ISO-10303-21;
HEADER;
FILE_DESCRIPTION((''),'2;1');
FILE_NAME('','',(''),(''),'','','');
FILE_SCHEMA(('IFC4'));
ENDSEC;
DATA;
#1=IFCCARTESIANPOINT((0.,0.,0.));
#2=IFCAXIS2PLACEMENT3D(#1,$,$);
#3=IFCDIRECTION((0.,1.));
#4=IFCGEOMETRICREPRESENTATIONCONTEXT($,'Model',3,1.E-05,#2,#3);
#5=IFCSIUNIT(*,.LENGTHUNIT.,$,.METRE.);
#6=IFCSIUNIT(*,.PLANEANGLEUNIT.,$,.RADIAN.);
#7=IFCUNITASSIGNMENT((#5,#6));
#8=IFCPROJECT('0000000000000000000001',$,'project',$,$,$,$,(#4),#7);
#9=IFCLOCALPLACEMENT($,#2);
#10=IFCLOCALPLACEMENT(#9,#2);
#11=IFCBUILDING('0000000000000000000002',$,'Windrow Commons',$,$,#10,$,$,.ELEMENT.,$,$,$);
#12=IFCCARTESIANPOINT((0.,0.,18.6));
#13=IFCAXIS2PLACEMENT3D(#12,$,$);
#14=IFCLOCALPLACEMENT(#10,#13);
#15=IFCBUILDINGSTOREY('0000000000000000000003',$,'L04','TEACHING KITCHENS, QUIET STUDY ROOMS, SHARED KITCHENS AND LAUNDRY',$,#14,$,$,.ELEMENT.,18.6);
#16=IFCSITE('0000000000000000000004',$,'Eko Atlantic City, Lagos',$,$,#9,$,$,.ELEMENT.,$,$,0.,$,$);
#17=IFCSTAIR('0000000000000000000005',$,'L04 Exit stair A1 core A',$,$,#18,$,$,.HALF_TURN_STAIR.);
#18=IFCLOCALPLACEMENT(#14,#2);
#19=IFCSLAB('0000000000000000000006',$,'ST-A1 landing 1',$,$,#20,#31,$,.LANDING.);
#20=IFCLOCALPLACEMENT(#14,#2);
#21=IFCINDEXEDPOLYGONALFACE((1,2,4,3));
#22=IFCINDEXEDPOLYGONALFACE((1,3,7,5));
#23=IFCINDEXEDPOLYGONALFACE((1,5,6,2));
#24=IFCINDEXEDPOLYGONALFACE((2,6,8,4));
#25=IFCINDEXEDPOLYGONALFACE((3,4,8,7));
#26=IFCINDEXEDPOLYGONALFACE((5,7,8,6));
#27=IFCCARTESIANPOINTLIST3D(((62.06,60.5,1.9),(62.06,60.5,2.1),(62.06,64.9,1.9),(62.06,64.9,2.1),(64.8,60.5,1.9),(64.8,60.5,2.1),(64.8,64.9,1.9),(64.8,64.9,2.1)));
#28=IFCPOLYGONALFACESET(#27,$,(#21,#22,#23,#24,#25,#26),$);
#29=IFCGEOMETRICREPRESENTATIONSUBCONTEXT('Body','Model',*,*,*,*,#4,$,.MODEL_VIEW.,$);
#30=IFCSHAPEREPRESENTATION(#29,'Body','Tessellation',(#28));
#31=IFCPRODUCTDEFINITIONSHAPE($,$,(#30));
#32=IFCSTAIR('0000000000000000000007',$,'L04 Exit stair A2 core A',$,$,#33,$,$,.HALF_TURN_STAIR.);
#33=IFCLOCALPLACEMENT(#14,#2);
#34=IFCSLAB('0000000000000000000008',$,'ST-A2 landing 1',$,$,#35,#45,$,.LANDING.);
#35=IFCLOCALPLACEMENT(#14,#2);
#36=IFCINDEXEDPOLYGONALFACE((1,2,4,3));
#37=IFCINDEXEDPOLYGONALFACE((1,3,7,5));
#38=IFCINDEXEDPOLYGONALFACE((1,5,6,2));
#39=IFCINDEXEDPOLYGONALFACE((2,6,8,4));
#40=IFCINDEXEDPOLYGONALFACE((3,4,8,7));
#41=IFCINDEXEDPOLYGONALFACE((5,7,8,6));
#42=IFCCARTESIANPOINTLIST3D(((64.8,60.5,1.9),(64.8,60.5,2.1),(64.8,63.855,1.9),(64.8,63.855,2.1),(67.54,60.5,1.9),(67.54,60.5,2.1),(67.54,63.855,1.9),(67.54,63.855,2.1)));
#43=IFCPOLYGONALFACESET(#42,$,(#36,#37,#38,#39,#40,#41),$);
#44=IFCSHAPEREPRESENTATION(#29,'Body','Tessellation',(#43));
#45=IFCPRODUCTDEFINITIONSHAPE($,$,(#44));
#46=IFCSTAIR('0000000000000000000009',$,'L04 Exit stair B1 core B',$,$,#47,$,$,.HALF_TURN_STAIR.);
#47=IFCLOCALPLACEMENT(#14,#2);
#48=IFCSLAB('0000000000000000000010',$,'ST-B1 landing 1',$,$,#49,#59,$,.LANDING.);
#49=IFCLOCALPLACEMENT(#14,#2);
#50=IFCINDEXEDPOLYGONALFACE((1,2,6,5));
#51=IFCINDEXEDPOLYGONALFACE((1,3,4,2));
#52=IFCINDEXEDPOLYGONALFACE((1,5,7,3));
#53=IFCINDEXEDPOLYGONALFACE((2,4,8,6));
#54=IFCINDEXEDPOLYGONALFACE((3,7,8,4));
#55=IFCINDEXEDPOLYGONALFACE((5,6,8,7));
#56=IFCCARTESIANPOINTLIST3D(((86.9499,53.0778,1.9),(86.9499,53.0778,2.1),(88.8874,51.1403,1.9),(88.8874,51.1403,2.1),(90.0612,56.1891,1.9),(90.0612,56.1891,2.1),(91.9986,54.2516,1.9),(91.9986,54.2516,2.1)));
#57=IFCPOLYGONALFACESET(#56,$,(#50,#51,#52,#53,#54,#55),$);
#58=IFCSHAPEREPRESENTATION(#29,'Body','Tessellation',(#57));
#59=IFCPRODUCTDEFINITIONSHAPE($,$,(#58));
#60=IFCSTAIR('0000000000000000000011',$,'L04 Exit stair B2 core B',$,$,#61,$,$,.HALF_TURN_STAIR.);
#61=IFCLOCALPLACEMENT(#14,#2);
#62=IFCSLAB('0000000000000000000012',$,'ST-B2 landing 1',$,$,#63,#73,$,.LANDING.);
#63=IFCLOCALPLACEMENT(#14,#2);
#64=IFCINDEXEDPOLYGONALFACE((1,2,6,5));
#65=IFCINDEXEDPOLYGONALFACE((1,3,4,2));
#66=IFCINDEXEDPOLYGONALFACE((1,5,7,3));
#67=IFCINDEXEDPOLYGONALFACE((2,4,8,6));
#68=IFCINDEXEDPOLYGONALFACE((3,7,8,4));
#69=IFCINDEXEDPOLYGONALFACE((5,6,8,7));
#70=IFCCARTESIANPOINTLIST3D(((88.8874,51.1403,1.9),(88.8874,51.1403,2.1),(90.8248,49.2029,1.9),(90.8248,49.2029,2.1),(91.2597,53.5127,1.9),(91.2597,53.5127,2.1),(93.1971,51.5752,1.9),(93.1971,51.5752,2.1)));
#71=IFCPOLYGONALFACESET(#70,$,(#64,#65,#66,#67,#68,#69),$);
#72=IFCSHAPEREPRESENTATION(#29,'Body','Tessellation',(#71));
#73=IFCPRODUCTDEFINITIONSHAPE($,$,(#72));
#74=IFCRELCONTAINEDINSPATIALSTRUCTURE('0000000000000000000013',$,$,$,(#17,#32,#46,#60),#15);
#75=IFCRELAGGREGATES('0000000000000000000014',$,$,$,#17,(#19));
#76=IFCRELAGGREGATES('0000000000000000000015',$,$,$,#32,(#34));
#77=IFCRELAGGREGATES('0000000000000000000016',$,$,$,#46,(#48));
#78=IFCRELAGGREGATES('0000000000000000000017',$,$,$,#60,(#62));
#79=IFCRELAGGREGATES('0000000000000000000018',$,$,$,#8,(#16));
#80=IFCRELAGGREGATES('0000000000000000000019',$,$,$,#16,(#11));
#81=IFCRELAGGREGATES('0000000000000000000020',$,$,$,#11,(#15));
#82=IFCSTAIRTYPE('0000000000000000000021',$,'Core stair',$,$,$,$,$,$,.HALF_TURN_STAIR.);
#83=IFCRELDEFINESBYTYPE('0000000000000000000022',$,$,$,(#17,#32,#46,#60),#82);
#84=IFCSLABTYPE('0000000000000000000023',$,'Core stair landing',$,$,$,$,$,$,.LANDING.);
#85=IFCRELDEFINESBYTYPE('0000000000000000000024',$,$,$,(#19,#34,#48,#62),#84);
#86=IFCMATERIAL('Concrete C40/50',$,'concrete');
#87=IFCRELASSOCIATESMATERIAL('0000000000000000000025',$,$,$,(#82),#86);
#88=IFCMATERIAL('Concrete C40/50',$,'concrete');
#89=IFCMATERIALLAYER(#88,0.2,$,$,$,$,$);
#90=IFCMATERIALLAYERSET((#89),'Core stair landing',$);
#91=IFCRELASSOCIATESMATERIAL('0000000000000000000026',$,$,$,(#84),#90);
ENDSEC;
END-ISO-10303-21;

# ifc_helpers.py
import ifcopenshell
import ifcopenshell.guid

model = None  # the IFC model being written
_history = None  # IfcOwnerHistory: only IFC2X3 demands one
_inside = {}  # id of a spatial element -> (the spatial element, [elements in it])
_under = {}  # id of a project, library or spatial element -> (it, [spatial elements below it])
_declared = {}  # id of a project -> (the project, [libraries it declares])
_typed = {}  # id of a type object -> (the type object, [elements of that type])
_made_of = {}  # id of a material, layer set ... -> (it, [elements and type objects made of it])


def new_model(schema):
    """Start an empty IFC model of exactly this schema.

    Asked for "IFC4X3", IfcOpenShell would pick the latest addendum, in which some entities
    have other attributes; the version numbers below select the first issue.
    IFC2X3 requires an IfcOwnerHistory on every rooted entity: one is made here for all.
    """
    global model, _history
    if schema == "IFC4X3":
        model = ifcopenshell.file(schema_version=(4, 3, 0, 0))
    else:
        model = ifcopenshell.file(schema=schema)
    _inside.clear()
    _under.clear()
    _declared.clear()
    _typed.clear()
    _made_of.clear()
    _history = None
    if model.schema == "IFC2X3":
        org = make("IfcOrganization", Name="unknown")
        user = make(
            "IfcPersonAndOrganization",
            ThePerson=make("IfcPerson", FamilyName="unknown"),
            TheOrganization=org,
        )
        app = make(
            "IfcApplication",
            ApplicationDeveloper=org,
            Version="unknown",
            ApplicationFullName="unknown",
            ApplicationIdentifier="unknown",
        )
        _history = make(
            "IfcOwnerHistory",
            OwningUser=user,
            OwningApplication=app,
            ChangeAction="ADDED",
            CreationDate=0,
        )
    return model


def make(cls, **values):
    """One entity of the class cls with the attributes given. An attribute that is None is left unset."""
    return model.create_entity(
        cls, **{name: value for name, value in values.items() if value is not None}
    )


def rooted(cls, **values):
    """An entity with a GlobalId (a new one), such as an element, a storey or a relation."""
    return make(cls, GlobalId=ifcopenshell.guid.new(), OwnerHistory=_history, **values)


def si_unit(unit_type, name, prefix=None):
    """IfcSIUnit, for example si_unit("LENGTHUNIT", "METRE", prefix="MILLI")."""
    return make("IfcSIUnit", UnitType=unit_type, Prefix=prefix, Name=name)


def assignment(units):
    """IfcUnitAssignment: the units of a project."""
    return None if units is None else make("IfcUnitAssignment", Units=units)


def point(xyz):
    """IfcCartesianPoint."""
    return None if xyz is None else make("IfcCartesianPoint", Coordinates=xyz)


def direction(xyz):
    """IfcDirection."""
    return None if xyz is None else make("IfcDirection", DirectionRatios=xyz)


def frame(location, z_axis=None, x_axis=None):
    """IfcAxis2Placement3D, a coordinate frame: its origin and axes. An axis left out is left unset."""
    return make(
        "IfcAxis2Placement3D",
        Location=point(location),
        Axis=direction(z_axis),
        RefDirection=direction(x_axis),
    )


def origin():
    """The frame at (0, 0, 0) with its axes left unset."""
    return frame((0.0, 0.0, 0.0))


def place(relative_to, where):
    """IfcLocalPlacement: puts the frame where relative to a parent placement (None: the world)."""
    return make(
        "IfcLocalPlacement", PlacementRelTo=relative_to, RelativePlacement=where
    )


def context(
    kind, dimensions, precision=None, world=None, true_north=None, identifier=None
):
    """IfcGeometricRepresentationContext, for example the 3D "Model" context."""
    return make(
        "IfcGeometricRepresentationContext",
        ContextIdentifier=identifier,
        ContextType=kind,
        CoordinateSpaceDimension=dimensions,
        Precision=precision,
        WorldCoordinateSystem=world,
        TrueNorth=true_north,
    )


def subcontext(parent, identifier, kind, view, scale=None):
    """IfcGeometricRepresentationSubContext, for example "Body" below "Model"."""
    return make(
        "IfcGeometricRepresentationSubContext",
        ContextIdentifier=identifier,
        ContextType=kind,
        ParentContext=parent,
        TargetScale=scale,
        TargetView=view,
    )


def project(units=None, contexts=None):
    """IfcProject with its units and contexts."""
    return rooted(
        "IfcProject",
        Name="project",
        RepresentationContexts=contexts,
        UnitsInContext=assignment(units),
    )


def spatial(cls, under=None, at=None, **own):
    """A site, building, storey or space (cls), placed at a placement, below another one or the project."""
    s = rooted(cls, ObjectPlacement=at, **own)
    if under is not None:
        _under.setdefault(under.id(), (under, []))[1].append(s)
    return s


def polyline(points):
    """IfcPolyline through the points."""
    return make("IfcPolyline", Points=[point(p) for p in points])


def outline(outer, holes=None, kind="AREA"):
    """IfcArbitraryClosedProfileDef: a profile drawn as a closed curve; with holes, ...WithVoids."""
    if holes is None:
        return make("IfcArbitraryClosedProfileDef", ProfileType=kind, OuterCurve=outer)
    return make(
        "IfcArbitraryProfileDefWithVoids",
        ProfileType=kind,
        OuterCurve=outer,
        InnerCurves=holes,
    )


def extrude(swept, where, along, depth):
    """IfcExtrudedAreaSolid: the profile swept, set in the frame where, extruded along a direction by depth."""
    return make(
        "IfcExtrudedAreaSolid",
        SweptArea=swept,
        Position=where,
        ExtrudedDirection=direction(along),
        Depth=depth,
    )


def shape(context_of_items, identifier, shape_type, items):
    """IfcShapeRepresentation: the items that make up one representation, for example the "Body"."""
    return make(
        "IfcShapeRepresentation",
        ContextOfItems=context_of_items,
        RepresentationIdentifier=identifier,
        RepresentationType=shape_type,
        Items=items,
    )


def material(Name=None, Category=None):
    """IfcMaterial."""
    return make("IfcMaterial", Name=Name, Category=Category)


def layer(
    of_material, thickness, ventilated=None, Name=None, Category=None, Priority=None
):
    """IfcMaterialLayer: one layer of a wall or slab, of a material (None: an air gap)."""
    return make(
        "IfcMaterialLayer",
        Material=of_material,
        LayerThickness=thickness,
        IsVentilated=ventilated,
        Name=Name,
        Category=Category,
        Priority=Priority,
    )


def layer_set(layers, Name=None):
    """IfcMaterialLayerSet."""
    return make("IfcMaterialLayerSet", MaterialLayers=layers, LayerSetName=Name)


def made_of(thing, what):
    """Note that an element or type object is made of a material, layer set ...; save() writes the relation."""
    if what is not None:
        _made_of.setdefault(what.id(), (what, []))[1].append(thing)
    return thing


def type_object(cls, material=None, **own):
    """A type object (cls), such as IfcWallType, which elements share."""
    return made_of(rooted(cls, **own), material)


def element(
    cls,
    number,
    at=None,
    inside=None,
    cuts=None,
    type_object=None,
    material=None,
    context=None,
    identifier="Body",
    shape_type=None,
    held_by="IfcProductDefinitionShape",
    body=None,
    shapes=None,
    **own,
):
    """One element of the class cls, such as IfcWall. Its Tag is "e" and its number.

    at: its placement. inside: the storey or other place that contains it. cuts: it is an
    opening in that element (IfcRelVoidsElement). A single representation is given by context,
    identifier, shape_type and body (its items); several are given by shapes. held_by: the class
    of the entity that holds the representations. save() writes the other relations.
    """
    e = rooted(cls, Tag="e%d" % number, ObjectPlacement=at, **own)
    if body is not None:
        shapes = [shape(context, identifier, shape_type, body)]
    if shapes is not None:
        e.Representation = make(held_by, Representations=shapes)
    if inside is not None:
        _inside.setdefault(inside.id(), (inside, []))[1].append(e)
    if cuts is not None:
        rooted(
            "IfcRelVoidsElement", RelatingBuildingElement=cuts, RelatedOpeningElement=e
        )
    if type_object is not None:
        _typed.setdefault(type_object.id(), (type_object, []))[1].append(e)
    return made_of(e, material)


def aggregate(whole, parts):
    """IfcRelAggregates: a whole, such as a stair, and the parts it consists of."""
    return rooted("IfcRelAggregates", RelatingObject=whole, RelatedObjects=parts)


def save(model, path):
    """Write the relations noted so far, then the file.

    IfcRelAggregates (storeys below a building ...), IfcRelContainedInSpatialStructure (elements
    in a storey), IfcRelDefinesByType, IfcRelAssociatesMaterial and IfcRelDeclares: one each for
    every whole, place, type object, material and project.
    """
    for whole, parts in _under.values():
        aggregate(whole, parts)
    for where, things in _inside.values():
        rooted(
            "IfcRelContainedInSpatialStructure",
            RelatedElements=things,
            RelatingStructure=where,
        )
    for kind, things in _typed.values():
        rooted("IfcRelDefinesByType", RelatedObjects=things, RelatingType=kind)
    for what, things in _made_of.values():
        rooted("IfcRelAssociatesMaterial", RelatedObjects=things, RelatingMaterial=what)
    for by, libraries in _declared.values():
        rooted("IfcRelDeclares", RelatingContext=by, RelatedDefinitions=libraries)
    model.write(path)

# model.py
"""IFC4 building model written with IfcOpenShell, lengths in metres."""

from ifc_helpers import new_model, si_unit, direction, frame, origin, place, context, subcontext, project, spatial, polyline, outline, extrude, material, layer, layer_set, type_object, element, aggregate, save


model = new_model("IFC4")

# Units and contexts
model_context = context("Model", 3, precision=1e-05, world=origin(), true_north=direction((0.0, 1.0)))
body_context = subcontext(model_context, "Body", "Model", "MODEL_VIEW")
ifc_project = project(units=[si_unit("LENGTHUNIT", "METRE"), si_unit("PLANEANGLEUNIT", "RADIAN")], contexts=[model_context])

# Site, building, storey
site_placement = place(None, origin())
site = spatial("IfcSite", under=ifc_project, at=site_placement, Name="Eko Atlantic City, Lagos", CompositionType="ELEMENT", RefElevation=0.0)
building_placement = place(site_placement, origin())
building = spatial("IfcBuilding", under=site, at=building_placement, Name="Windrow Commons", CompositionType="ELEMENT")
storey_placement = place(building_placement, frame((0.0, 0.0, 18.6)))
storey = spatial("IfcBuildingStorey", under=building, at=storey_placement, Name="L04", Description="TEACHING KITCHENS, QUIET STUDY ROOMS, SHARED KITCHENS AND LAUNDRY", CompositionType="ELEMENT", Elevation=18.6)

# Stairs, slabs
ifc_material_1 = material(Name="Concrete C40/50", Category="concrete")
stair_type = type_object("IfcStairType", Name="Core stair", PredefinedType="HALF_TURN_STAIR", material=ifc_material_1)
placement_1 = place(storey_placement, origin())
stair_1 = element("IfcStair", 1, at=placement_1, inside=storey, type_object=stair_type, Name="L04 Exit stair A1 core A", PredefinedType="HALF_TURN_STAIR")
ifc_material_2 = material(Name="Concrete C40/50", Category="concrete")
ifc_layer_1 = layer(ifc_material_2, 0.2)
ifc_layer_set_1 = layer_set([ifc_layer_1], Name="Core stair landing")
slab_type = type_object("IfcSlabType", Name="Core stair landing", PredefinedType="LANDING", material=ifc_layer_set_1)
placement_2 = place(storey_placement, frame((0.0, 0.0, 1.9)))
slab_1 = element("IfcSlab", 2, at=placement_2, type_object=slab_type, Name="ST-A1 landing 1", PredefinedType="LANDING", context=body_context, shape_type="SweptSolid", body=[
    extrude(outline(polyline([(62.06, 60.5), (64.8, 60.5), (64.8, 64.9), (62.06, 64.9), (62.06, 60.5)])), origin(), (0.0, 0.0, 1.0), 0.2),
])
aggregate(stair_1, [slab_1])
stair_2 = element("IfcStair", 3, at=placement_1, inside=storey, type_object=stair_type, Name="L04 Exit stair A2 core A", PredefinedType="HALF_TURN_STAIR")
slab_2 = element("IfcSlab", 4, at=placement_2, type_object=slab_type, Name="ST-A2 landing 1", PredefinedType="LANDING", context=body_context, shape_type="SweptSolid", body=[
    extrude(outline(polyline([(64.8, 60.5), (67.54, 60.5), (67.54, 63.855), (64.8, 63.855), (64.8, 60.5)])), origin(), (0.0, 0.0, 1.0), 0.2),
])
aggregate(stair_2, [slab_2])
stair_3 = element("IfcStair", 5, at=placement_1, inside=storey, type_object=stair_type, Name="L04 Exit stair B1 core B", PredefinedType="HALF_TURN_STAIR")
slab_3 = element("IfcSlab", 6, at=placement_2, type_object=slab_type, Name="ST-B1 landing 1", PredefinedType="LANDING", context=body_context, shape_type="SweptSolid", body=[
    extrude(outline(polyline([(86.9499, 53.0778), (88.8874, 51.1403), (91.9986, 54.2516), (90.0612, 56.1891), (86.9499, 53.0778)])), origin(), (0.0, 0.0, 1.0), 0.2),
])
aggregate(stair_3, [slab_3])
stair_4 = element("IfcStair", 7, at=placement_1, inside=storey, type_object=stair_type, Name="L04 Exit stair B2 core B", PredefinedType="HALF_TURN_STAIR")
slab_4 = element("IfcSlab", 8, at=placement_2, type_object=slab_type, Name="ST-B2 landing 1", PredefinedType="LANDING", context=body_context, shape_type="SweptSolid", body=[
    extrude(outline(polyline([(88.8874, 51.1403), (90.8248, 49.2029), (93.1971, 51.5752), (91.2597, 53.5127), (88.8874, 51.1403)])), origin(), (0.0, 0.0, 1.0), 0.2),
])
aggregate(stair_4, [slab_4])

save(model, "model.ifc")
